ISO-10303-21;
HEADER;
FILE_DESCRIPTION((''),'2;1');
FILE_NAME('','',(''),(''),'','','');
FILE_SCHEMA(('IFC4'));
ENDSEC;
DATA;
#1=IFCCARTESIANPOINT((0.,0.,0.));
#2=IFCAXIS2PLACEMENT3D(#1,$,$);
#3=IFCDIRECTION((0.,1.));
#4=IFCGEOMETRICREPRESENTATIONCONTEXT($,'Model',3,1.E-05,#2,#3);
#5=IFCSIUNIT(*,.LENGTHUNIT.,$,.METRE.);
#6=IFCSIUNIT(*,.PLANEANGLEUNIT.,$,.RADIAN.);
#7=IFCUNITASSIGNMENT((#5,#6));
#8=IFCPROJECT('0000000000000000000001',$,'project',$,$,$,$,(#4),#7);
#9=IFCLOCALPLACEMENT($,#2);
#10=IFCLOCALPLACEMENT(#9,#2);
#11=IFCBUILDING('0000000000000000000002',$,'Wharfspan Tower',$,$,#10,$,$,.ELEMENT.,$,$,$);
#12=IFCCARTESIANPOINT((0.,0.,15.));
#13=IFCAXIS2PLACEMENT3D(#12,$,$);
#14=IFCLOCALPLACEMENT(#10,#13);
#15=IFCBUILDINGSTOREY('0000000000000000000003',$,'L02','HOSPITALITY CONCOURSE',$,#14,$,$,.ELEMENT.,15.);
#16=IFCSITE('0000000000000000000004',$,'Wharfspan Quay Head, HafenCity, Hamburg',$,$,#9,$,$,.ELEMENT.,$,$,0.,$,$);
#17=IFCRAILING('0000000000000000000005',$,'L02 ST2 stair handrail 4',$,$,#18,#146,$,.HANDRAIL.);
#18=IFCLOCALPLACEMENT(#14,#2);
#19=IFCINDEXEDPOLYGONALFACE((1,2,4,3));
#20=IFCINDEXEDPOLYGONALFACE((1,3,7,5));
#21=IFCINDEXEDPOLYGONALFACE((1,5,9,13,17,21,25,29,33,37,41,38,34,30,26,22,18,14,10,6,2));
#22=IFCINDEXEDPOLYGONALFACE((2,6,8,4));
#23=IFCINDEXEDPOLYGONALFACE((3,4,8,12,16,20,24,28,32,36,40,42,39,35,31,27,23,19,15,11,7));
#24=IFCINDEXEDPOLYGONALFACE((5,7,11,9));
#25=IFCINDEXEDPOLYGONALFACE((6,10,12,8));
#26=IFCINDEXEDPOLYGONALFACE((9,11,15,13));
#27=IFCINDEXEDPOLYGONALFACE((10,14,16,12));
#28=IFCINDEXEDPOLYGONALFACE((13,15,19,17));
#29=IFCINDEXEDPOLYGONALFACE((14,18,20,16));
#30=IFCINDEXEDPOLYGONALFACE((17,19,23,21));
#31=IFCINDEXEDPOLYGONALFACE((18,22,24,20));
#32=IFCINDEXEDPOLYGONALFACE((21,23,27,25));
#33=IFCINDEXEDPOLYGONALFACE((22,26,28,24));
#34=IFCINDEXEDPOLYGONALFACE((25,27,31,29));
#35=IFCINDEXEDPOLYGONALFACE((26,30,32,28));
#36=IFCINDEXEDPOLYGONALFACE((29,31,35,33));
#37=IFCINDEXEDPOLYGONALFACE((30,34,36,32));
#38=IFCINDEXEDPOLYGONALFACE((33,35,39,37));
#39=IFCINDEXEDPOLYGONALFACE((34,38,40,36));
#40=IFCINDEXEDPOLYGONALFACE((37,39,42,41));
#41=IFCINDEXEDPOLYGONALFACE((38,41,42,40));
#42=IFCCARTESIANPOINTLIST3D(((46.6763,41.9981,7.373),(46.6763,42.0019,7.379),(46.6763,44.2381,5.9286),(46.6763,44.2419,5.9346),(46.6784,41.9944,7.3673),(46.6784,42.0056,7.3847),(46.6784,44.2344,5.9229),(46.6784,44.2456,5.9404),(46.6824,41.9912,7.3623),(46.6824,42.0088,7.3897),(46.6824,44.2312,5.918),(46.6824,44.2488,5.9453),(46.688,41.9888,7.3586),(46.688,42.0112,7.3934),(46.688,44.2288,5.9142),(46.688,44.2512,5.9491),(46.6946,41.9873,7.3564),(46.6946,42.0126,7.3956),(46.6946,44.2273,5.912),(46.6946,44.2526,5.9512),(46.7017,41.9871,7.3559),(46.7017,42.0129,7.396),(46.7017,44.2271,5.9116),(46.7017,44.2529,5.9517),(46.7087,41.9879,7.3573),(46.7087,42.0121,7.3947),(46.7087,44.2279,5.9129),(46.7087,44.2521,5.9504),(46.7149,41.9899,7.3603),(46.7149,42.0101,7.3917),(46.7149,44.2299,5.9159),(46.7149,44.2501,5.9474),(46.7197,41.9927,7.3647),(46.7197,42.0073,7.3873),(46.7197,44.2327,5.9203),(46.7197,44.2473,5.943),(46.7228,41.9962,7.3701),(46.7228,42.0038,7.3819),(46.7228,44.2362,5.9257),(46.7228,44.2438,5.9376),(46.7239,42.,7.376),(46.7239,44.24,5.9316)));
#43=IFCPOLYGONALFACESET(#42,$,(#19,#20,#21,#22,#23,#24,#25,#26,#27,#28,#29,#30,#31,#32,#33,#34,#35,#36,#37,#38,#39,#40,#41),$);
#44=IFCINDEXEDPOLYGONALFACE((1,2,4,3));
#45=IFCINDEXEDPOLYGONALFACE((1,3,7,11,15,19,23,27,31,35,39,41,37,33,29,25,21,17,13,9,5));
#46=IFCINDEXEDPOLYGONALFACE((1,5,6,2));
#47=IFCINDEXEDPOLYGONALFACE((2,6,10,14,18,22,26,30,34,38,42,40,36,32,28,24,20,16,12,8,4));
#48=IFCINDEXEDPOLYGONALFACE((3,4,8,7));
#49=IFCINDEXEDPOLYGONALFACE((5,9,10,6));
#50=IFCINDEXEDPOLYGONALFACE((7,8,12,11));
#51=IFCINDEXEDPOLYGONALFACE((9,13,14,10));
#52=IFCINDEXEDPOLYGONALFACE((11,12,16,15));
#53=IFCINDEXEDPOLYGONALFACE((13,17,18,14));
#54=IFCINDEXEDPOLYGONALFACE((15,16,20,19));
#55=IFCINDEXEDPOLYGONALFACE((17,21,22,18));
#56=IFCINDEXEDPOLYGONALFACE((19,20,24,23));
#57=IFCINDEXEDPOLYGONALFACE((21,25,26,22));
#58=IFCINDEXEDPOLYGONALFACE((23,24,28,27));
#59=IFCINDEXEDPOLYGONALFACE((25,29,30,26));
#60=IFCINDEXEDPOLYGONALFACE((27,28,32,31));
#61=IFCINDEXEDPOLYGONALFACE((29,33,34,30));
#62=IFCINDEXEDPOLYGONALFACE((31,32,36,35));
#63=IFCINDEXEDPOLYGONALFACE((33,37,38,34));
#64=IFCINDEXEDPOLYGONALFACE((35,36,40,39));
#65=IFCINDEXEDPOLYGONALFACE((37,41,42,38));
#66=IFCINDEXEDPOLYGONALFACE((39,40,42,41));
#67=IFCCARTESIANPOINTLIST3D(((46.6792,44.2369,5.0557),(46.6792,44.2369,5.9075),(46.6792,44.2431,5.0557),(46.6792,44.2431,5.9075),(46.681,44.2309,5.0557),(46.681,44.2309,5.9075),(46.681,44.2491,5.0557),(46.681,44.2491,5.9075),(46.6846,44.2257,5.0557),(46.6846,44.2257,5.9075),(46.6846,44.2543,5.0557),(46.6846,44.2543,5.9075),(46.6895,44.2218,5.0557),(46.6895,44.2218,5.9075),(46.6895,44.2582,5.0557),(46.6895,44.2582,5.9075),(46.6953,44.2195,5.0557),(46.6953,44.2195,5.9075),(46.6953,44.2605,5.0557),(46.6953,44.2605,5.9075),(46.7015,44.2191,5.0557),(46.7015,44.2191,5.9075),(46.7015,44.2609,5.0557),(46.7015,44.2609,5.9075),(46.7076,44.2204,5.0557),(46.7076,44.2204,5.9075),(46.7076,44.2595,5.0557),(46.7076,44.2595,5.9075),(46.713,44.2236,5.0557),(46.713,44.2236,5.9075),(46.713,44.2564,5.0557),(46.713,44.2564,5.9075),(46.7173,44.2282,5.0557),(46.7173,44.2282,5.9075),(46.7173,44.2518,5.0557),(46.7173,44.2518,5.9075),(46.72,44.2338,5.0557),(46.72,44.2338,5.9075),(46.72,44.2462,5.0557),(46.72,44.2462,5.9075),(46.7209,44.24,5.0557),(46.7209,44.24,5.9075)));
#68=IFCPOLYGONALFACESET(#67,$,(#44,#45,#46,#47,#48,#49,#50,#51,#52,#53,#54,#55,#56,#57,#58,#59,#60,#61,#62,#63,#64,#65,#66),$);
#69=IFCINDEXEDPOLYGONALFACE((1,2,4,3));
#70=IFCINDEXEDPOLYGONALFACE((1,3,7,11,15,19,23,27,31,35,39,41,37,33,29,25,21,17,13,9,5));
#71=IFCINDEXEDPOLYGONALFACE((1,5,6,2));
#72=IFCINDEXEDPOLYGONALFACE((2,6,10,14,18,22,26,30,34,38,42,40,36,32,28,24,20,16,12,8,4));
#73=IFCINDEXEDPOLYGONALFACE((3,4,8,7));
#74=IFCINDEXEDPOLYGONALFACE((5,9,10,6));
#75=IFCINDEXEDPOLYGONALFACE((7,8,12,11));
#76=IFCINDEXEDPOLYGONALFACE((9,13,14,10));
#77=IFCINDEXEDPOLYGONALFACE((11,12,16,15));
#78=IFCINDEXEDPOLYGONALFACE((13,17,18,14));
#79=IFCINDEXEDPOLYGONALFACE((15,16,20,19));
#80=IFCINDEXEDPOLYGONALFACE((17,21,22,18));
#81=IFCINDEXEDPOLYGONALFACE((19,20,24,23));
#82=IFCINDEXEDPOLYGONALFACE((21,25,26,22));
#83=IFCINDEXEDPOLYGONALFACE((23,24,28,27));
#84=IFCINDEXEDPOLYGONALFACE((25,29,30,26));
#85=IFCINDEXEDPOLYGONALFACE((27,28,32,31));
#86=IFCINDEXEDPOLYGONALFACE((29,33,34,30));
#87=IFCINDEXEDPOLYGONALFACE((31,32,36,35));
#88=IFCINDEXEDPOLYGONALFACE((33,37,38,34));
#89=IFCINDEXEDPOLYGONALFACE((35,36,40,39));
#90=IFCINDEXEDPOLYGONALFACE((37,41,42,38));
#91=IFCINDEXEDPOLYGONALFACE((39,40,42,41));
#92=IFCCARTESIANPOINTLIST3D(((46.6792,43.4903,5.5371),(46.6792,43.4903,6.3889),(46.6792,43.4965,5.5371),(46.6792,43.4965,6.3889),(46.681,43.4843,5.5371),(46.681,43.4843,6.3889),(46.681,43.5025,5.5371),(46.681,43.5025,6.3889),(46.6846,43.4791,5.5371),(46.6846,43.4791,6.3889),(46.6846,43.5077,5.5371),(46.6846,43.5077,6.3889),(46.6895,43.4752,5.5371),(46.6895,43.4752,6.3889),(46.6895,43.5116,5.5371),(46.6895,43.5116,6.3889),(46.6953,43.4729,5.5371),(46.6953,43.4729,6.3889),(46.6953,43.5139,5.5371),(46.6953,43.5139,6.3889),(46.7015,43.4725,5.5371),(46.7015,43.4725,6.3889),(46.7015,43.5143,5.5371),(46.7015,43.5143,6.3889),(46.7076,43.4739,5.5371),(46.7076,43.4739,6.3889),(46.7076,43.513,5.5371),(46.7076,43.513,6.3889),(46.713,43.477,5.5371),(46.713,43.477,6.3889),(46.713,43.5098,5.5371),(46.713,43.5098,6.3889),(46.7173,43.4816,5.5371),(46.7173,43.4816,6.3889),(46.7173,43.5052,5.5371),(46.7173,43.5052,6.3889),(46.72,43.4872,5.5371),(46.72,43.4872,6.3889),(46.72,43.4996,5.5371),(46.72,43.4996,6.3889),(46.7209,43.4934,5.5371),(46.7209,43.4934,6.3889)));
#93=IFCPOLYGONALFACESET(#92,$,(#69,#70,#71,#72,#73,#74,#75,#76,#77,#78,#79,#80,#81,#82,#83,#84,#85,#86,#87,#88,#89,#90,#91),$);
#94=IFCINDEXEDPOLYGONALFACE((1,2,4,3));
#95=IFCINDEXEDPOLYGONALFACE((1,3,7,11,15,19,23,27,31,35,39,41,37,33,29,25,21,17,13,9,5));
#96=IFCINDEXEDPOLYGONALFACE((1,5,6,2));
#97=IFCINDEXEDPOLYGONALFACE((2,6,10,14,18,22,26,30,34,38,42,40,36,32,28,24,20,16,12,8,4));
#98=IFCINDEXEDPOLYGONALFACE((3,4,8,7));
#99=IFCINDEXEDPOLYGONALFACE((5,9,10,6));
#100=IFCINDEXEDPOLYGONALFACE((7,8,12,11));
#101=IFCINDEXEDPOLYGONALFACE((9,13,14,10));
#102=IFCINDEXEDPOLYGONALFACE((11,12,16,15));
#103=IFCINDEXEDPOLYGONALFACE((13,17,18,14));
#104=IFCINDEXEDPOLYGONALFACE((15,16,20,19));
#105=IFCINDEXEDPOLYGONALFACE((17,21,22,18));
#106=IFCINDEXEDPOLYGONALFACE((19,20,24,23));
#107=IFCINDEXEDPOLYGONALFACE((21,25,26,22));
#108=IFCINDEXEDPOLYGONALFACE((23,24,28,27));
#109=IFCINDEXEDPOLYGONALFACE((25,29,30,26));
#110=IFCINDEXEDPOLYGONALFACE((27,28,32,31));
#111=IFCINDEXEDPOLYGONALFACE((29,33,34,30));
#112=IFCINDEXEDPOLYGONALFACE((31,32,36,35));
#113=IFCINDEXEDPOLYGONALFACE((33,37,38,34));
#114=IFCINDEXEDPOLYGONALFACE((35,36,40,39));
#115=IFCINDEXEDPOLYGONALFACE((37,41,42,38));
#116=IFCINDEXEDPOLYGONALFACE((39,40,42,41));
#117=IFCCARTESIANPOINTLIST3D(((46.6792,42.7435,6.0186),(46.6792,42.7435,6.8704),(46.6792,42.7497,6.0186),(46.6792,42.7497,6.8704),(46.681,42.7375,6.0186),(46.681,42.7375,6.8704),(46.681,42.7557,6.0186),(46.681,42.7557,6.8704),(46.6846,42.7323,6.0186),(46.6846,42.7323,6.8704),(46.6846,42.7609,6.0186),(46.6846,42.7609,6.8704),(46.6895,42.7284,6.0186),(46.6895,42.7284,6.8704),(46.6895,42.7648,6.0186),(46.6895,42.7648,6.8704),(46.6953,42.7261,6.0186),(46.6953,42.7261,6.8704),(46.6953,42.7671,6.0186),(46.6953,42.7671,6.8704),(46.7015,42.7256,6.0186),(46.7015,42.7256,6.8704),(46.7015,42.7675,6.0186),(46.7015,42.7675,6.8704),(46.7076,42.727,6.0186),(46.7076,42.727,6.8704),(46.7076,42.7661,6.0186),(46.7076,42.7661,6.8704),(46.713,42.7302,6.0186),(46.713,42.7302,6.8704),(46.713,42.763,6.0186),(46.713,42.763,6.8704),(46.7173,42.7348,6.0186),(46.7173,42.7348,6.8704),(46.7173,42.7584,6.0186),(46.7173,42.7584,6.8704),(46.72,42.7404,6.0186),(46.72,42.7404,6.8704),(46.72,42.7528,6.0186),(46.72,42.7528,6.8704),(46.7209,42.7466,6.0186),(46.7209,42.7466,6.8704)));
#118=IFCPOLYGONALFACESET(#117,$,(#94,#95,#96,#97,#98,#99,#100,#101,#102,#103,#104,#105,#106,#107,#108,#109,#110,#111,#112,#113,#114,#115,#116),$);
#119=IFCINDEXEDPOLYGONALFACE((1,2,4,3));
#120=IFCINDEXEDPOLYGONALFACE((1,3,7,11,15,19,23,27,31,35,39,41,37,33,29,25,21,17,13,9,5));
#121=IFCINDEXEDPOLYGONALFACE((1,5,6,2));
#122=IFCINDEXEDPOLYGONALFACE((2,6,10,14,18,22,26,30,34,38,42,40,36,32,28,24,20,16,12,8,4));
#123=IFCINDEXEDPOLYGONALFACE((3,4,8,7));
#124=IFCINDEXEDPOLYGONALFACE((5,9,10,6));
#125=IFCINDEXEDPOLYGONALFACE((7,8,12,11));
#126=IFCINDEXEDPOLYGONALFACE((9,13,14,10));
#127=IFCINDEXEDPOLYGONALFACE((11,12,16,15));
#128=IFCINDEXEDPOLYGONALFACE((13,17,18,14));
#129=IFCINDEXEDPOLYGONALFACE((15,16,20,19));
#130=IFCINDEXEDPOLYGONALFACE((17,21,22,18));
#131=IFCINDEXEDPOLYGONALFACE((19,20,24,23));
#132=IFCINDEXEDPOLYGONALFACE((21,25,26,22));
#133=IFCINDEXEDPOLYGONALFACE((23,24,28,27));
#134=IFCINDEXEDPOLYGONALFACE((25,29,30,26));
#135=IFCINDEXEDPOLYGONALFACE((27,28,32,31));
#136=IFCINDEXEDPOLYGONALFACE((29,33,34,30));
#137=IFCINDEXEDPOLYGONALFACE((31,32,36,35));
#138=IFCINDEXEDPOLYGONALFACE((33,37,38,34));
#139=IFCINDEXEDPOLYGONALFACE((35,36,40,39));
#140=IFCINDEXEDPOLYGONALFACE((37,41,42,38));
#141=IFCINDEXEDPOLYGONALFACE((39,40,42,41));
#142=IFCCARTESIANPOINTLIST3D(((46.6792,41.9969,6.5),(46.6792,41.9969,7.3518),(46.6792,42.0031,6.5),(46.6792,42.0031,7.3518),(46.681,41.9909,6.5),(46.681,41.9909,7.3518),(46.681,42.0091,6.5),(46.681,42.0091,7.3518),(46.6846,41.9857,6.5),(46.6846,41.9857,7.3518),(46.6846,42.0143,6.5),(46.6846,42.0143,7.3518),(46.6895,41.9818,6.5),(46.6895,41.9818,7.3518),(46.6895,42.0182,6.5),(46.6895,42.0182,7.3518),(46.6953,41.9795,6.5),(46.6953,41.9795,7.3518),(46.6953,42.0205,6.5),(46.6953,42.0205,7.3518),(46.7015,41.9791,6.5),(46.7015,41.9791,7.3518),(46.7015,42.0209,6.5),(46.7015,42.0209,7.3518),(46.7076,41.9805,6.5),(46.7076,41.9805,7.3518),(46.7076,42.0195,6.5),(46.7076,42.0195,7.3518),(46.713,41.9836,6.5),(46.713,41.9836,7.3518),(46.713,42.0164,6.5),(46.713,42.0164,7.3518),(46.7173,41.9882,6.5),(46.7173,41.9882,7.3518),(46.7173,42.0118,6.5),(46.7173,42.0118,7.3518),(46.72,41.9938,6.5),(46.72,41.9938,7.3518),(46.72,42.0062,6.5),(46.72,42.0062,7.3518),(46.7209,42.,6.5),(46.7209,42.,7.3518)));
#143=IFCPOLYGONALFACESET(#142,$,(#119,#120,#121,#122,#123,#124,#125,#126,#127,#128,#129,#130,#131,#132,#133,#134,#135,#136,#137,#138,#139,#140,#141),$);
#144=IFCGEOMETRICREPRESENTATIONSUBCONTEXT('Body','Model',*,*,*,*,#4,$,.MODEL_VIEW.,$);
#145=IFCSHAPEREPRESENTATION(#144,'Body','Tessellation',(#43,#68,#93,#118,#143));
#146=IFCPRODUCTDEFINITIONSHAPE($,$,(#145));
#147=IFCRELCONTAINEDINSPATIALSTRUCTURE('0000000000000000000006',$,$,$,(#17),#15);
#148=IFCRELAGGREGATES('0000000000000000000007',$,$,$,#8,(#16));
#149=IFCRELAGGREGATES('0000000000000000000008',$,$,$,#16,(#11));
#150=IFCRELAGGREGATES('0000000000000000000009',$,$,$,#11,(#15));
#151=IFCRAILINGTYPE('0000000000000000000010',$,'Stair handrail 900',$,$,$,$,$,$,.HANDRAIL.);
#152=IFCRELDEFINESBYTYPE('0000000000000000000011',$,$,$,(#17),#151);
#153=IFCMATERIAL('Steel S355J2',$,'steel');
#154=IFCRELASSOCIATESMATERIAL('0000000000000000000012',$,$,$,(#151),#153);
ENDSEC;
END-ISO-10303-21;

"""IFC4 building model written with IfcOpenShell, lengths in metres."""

from ifc_helpers import new_model, si_unit, direction, frame, origin, origin_2d, place, context, subcontext, project, spatial, circle, extrude, material, type_object, element, save


model = new_model("IFC4")

# Units and contexts
model_context = context("Model", 3, precision=1e-05, world=origin(), true_north=direction((0.0, 1.0)))
body_context = subcontext(model_context, "Body", "Model", "MODEL_VIEW")
ifc_project = project(units=[si_unit("LENGTHUNIT", "METRE"), si_unit("PLANEANGLEUNIT", "RADIAN")], contexts=[model_context])

# Site, building, storey
site_placement = place(None, origin())
site = spatial("IfcSite", under=ifc_project, at=site_placement, Name="Wharfspan Quay Head, HafenCity, Hamburg", CompositionType="ELEMENT", RefElevation=0.0)
building_placement = place(site_placement, origin())
building = spatial("IfcBuilding", under=site, at=building_placement, Name="Wharfspan Tower", CompositionType="ELEMENT")
storey_placement = place(building_placement, frame((0.0, 0.0, 15.0)))
storey = spatial("IfcBuildingStorey", under=building, at=storey_placement, Name="L02", Description="HOSPITALITY CONCOURSE", CompositionType="ELEMENT", Elevation=15.0)

# Railing
ifc_material_1 = material(Name="Steel S355J2", Category="steel")
railing_type_1 = type_object("IfcRailingType", Name="Stair handrail 900", PredefinedType="HANDRAIL", material=ifc_material_1)
railing_1_placement = place(storey_placement, frame((46.7, 44.24, 5.0557)))
element("IfcRailing", 1, at=railing_1_placement, inside=storey, type_object=railing_type_1, Name="L02 ST2 stair handrail 4", PredefinedType="HANDRAIL", context=body_context, shape_type="SweptSolid", body=[
    extrude(circle(Radius=0.0239, at=origin_2d()), frame((0.0, 0.0, 0.876), z_axis=(0.0, -0.840437, 0.54191), x_axis=(1.0, 0.0, 0.0)), (0.0, 0.0, 1.0), 2.6653),
    extrude(circle(Radius=0.021, at=origin_2d()), origin(), (0.0, 0.0, 1.0), 0.8518),
    extrude(circle(Radius=0.021, at=origin_2d()), frame((0.0, -0.7466, 0.4814)), (0.0, 0.0, 1.0), 0.8518),
    extrude(circle(Radius=0.021, at=origin_2d()), frame((0.0, -1.4934, 0.9629)), (0.0, 0.0, 1.0), 0.8518),
    extrude(circle(Radius=0.021, at=origin_2d()), frame((0.0, -2.24, 1.4443)), (0.0, 0.0, 1.0), 0.8518),
])

save(model, "model.ifc")
